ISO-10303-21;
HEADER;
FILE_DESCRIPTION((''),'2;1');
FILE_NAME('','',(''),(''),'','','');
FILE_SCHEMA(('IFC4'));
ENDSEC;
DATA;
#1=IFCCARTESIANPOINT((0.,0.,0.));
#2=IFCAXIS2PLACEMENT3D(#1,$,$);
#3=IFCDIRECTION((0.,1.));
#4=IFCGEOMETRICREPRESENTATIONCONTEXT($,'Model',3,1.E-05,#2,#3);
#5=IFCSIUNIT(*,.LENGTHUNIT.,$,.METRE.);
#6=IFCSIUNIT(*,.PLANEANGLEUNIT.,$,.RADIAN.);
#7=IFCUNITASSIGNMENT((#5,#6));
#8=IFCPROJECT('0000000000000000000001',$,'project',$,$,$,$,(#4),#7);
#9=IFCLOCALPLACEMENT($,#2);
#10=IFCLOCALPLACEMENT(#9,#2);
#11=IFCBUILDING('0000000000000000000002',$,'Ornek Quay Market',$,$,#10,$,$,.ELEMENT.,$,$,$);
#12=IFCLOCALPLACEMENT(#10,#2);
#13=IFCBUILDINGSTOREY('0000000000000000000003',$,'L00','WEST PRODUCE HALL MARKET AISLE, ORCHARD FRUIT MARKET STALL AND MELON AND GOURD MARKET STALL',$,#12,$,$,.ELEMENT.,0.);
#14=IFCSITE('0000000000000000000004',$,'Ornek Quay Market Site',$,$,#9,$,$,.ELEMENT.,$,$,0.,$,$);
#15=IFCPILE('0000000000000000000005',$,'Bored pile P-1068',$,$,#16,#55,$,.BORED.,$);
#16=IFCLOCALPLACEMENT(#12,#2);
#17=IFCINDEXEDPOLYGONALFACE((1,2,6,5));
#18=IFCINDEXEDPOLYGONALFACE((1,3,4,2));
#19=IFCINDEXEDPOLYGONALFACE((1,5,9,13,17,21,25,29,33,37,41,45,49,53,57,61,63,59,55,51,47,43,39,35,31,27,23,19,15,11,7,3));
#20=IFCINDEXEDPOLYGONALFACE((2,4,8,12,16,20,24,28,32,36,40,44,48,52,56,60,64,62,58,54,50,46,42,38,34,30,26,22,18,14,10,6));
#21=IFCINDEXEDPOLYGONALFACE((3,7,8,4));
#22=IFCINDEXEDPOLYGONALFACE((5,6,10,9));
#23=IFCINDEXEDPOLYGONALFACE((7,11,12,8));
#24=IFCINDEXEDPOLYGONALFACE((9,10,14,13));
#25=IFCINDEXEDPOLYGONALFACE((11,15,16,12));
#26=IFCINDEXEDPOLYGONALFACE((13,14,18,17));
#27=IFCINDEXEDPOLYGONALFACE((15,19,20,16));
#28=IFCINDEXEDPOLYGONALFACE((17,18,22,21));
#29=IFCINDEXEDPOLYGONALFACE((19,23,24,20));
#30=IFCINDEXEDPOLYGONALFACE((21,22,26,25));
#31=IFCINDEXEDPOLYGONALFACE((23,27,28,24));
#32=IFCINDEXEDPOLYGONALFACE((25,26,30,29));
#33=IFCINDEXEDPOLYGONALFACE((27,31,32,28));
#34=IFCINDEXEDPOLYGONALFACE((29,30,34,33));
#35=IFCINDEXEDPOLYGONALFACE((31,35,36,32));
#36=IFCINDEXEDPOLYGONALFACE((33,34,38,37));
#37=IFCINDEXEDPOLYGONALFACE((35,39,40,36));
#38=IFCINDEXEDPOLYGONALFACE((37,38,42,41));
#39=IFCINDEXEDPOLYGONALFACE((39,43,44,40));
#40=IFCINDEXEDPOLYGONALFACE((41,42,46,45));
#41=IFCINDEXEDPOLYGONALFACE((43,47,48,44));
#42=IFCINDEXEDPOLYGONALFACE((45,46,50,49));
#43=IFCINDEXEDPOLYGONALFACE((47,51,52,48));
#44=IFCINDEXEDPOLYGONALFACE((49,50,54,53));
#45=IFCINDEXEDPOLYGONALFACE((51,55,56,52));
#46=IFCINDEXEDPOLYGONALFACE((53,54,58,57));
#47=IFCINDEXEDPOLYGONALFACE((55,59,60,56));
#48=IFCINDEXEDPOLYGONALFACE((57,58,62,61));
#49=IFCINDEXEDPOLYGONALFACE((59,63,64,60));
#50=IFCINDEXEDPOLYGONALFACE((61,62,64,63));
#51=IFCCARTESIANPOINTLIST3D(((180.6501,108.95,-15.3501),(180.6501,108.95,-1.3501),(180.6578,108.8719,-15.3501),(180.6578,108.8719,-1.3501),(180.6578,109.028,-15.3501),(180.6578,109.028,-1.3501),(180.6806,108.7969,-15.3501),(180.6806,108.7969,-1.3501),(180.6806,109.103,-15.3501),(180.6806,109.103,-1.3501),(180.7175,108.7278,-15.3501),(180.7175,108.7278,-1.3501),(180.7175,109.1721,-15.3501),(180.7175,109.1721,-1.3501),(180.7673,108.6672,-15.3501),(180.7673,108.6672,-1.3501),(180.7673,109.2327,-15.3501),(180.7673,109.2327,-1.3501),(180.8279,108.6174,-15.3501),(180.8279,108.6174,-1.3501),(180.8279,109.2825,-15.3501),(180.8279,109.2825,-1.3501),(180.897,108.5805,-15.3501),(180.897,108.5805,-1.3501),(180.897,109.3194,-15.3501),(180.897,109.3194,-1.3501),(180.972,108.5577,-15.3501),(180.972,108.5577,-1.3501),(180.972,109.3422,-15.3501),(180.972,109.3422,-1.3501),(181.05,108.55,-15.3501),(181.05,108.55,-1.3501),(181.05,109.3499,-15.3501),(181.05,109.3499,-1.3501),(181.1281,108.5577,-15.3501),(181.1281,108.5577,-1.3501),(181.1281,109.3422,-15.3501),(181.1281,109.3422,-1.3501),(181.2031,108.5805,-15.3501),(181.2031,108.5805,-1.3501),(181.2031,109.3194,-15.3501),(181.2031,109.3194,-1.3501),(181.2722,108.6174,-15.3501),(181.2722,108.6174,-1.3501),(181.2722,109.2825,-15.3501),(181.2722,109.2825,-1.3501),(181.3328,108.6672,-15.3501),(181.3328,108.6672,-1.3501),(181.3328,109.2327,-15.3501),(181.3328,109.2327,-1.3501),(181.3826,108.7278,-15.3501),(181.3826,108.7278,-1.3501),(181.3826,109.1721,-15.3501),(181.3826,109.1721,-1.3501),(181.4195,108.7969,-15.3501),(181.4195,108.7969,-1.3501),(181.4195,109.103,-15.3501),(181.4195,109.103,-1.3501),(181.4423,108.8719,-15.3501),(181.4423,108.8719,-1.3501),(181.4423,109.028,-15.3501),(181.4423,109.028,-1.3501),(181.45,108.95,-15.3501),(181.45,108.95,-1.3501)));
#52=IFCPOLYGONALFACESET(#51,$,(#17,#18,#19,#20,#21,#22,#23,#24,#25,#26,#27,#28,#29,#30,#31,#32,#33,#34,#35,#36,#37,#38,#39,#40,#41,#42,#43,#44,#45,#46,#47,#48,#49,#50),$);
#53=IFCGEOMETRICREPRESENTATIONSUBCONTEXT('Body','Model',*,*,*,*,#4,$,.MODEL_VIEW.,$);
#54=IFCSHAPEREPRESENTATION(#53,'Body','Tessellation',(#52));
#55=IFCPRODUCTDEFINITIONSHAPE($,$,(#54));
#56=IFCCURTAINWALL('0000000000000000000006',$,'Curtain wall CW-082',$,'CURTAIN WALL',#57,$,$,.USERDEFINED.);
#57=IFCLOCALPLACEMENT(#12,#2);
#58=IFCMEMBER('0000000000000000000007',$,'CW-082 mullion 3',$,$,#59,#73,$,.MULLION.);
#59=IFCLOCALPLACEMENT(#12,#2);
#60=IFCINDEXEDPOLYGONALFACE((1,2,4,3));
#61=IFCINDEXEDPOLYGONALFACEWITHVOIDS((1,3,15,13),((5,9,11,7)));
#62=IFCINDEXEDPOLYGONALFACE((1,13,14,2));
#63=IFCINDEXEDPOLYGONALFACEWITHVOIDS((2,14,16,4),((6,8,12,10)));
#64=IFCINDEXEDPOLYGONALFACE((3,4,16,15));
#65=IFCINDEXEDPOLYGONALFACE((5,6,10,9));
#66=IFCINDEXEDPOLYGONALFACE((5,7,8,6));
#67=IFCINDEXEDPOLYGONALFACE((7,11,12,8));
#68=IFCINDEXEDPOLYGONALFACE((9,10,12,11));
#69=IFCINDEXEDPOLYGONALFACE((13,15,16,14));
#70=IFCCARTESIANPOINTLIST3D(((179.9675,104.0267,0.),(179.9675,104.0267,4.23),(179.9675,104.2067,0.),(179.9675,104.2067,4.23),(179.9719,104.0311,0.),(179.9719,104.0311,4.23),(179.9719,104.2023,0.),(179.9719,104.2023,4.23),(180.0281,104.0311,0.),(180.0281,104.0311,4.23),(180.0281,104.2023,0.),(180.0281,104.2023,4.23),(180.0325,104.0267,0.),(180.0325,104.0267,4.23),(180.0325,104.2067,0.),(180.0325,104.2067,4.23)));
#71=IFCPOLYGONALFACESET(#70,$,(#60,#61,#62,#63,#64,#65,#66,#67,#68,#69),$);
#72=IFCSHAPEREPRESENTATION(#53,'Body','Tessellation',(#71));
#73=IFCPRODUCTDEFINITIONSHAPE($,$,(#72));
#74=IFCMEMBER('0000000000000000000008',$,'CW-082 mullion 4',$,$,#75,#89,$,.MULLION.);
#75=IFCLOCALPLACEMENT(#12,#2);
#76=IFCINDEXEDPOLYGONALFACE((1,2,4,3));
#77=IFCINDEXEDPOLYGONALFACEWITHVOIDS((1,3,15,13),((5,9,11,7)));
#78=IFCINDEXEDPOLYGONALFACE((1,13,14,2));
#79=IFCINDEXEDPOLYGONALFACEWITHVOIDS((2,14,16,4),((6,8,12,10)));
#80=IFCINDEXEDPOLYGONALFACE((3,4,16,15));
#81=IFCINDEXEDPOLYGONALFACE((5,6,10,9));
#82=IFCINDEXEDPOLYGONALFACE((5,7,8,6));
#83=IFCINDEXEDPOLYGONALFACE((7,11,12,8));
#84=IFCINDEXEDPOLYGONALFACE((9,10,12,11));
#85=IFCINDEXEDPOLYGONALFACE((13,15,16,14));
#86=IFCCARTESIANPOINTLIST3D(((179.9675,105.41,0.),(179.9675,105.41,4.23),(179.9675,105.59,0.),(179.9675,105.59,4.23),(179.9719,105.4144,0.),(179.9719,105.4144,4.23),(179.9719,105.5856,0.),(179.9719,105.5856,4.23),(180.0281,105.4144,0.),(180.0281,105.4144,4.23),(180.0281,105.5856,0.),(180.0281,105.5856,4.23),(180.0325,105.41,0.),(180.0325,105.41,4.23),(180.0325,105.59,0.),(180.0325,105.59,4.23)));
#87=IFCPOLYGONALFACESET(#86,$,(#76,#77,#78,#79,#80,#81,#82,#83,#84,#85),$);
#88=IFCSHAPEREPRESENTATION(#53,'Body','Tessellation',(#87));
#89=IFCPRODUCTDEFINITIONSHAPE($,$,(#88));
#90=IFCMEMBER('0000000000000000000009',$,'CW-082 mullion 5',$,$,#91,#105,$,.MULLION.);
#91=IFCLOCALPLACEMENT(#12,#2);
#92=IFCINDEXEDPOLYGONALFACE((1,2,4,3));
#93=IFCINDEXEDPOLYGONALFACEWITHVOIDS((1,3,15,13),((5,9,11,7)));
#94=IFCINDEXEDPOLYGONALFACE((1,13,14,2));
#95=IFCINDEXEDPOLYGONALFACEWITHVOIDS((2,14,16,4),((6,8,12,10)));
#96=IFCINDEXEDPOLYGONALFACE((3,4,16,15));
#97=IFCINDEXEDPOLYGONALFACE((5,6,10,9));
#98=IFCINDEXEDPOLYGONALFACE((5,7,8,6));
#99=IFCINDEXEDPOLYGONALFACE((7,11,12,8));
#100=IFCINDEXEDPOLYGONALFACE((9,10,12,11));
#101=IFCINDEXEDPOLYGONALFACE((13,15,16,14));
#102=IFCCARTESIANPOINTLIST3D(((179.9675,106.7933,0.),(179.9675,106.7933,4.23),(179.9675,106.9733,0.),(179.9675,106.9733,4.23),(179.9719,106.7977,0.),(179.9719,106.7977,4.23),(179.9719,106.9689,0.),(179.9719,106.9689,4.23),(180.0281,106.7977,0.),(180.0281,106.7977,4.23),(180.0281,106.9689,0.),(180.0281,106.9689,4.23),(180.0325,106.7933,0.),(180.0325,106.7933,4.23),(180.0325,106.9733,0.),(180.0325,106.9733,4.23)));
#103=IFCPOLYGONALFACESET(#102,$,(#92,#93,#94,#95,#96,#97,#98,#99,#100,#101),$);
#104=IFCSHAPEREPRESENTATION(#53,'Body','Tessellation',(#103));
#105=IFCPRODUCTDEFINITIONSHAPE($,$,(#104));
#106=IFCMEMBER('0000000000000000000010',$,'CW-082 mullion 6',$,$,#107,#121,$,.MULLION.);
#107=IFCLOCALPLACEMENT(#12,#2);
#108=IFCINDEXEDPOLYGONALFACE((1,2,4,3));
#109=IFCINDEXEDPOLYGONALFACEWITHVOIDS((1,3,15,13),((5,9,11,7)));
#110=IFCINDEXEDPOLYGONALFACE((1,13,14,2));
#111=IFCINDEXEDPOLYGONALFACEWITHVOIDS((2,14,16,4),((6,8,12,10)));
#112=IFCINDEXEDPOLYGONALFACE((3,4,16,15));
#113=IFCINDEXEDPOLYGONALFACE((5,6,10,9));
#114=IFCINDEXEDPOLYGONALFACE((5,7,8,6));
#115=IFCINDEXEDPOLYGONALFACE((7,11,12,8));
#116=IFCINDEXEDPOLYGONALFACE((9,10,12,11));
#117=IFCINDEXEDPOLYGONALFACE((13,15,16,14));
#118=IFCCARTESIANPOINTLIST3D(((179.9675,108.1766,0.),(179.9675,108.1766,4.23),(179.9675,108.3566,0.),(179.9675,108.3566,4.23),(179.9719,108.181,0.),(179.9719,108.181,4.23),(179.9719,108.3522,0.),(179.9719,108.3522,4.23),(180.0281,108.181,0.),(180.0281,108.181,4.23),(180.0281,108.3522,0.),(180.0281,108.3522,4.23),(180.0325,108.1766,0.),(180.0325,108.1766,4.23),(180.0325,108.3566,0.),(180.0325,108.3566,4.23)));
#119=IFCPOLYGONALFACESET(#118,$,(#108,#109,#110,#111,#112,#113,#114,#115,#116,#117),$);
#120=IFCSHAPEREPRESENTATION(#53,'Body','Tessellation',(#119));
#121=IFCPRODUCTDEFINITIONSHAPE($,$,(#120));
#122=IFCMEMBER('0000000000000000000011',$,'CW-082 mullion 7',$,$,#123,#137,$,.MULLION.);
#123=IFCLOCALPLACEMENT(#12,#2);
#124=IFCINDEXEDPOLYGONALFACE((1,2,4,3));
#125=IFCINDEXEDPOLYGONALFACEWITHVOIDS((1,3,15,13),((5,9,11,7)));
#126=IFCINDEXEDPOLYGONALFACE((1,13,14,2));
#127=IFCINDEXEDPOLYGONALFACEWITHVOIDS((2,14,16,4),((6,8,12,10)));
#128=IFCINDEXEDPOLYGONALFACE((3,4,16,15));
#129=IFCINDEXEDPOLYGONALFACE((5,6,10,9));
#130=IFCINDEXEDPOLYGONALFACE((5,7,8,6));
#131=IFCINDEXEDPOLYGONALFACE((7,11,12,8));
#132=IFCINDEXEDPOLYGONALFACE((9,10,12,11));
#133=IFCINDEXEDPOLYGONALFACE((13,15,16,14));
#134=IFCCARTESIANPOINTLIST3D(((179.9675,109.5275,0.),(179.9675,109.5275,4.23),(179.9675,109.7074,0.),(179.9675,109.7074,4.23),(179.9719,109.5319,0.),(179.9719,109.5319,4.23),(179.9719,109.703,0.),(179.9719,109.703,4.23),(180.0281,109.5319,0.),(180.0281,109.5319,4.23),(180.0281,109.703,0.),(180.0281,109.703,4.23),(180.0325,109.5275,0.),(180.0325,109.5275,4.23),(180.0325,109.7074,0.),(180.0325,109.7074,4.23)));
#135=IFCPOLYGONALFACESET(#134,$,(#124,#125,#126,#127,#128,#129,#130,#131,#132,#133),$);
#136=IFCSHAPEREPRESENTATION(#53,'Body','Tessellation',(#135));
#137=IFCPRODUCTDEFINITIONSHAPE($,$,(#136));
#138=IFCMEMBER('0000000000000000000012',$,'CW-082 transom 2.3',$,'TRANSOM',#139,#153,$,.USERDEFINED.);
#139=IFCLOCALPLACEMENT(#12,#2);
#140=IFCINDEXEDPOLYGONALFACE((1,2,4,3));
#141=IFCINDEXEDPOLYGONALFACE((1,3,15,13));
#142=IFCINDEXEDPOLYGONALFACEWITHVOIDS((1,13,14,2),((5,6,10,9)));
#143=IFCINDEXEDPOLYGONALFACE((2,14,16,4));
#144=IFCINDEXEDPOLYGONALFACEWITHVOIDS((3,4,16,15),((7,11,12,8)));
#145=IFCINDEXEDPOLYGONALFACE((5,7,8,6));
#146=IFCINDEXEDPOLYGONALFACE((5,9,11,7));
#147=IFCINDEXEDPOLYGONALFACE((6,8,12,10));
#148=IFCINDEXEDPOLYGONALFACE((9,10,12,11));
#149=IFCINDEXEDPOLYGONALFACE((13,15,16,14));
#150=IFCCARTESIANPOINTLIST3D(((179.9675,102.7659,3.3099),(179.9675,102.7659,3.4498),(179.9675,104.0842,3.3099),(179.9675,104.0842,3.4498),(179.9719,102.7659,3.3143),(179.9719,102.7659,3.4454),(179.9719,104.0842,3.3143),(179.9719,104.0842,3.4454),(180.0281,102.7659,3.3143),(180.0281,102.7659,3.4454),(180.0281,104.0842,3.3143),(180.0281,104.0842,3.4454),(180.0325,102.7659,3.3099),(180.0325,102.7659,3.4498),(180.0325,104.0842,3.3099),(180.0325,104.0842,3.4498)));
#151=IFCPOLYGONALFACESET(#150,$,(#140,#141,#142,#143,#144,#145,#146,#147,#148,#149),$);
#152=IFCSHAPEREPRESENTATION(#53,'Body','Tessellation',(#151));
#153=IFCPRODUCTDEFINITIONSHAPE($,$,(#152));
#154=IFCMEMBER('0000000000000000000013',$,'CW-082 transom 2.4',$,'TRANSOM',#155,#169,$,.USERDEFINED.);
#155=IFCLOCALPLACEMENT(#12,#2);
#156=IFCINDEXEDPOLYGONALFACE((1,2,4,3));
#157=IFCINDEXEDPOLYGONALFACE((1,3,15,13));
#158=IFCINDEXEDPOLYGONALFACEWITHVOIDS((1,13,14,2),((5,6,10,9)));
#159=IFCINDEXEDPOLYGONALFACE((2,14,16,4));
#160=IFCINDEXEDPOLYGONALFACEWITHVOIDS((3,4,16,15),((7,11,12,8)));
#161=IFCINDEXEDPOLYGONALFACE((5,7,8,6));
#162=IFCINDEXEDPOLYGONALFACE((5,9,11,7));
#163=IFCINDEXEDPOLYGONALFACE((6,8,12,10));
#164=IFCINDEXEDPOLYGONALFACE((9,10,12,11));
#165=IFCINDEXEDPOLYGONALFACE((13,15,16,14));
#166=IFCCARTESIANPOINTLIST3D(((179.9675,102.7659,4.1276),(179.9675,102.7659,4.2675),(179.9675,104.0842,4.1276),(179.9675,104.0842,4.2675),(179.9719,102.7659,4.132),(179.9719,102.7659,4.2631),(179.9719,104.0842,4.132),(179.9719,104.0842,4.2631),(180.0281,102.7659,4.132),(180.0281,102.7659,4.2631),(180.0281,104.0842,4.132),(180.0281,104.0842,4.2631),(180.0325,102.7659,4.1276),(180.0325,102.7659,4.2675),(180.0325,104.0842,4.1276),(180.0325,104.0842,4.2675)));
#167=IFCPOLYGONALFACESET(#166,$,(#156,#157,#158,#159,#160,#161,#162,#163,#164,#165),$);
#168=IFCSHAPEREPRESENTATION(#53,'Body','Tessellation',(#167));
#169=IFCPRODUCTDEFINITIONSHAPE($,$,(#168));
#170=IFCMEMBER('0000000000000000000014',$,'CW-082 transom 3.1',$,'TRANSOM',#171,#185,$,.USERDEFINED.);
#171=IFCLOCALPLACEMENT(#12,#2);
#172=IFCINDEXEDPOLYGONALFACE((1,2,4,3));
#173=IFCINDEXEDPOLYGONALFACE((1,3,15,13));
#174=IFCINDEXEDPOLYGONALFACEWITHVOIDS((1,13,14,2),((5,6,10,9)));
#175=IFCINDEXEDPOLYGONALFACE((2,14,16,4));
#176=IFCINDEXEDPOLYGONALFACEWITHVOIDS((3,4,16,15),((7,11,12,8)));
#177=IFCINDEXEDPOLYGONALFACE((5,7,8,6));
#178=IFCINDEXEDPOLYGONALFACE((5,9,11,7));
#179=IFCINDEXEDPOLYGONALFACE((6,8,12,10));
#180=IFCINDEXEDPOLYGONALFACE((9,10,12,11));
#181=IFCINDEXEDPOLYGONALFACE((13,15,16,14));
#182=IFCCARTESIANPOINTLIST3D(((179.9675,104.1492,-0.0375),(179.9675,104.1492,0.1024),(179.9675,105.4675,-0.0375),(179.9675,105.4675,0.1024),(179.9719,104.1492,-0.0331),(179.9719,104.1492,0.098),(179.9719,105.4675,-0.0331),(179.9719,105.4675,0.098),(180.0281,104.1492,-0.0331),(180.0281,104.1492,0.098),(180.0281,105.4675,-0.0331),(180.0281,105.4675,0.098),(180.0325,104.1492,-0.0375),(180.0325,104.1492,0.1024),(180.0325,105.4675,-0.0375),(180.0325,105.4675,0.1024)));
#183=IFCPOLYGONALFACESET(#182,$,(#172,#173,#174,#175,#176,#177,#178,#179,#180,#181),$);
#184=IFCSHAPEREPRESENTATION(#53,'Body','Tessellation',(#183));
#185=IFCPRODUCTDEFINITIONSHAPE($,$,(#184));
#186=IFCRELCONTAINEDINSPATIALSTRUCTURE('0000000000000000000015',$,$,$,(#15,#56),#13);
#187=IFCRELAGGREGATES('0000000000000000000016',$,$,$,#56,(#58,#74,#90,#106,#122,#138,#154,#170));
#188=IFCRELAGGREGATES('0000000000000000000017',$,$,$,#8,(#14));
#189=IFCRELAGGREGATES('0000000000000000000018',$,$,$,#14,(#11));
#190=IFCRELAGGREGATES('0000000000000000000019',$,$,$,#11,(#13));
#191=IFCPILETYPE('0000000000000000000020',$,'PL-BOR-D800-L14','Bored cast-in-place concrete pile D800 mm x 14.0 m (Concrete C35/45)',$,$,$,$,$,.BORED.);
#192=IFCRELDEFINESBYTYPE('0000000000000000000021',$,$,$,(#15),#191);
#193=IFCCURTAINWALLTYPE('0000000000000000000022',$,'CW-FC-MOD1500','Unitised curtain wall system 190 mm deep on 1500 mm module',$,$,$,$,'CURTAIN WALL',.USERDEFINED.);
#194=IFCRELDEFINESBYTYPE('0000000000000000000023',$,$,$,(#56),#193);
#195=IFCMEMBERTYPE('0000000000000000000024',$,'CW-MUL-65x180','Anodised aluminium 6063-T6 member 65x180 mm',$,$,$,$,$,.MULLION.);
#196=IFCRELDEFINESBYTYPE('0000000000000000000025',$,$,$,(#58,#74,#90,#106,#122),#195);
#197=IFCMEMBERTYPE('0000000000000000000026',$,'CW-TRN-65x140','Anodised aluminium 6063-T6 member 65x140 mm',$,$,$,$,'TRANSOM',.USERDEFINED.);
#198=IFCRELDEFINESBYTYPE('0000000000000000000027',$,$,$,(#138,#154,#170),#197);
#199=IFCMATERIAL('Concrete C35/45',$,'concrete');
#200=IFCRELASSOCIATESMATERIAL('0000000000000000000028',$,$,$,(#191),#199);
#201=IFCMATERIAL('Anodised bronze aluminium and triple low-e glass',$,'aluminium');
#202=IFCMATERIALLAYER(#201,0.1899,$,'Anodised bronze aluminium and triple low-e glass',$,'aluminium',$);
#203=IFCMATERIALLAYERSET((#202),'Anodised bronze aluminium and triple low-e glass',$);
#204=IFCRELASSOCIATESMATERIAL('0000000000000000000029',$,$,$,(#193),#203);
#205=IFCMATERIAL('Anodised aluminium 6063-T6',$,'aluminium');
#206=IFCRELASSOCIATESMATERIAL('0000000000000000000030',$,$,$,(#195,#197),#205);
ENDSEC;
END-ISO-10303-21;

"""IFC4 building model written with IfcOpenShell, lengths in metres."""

from ifc_helpers import new_model, si_unit, direction, frame, origin, origin_2d, place, context, subcontext, project, spatial, hollow_rectangle, circle, extrude, material, layer, layer_set, material_profile, profile_set, type_object, element, aggregate, save


model = new_model("IFC4")

# Units and contexts
model_context = context("Model", 3, precision=1e-05, world=origin(), true_north=direction((0.0, 1.0)))
body_context = subcontext(model_context, "Body", "Model", "MODEL_VIEW")
ifc_project = project(units=[si_unit("LENGTHUNIT", "METRE"), si_unit("PLANEANGLEUNIT", "RADIAN")], contexts=[model_context])

# Site, building, storey
site_placement = place(None, origin())
site = spatial("IfcSite", under=ifc_project, at=site_placement, Name="Ornek Quay Market Site", CompositionType="ELEMENT", RefElevation=0.0)
building_placement = place(site_placement, origin())
building = spatial("IfcBuilding", under=site, at=building_placement, Name="Ornek Quay Market", CompositionType="ELEMENT")
storey_placement = place(building_placement, origin())
storey = spatial("IfcBuildingStorey", under=building, at=storey_placement, Name="L00", Description="WEST PRODUCE HALL MARKET AISLE, ORCHARD FRUIT MARKET STALL AND MELON AND GOURD MARKET STALL", CompositionType="ELEMENT", Elevation=0.0)

# Pile
ifc_material_1 = material(Name="Concrete C35/45", Category="concrete")
ifc_material_profile_1 = material_profile(ifc_material_1, circle(Radius=0.3999, at=origin_2d()), Name="PILE D800", Category="concrete")
ifc_profile_set_1 = profile_set([ifc_material_profile_1], Name="Concrete C35/45")
pile_type = type_object("IfcPileType", Name="PL-BOR-D800-L14", Description="Bored cast-in-place concrete pile D800 mm x 14.0 m (Concrete C35/45)", PredefinedType="BORED", material=ifc_profile_set_1)
pile_placement = place(storey_placement, frame((181.05, 108.95, -1.3501), z_axis=(0.0, 0.0, -1.0), x_axis=(1.0, 0.0, 0.0)))
element("IfcPile", 1, at=pile_placement, inside=storey, type_object=pile_type, Name="Bored pile P-1068", PredefinedType="BORED", context=body_context, shape_type="SweptSolid", body=[
    extrude(circle(Radius=0.3999, at=origin_2d()), origin(), (0.0, 0.0, 1.0), 14.0),
])

# Curtain wall, members
ifc_material_2 = material(Name="Anodised bronze aluminium and triple low-e glass", Category="aluminium")
ifc_layer_1 = layer(ifc_material_2, 0.1899, Name="Anodised bronze aluminium and triple low-e glass", Category="aluminium")
ifc_layer_set_1 = layer_set([ifc_layer_1], Name="Anodised bronze aluminium and triple low-e glass")
curtain_wall_type = type_object("IfcCurtainWallType", Name="CW-FC-MOD1500", Description="Unitised curtain wall system 190 mm deep on 1500 mm module", ElementType="CURTAIN WALL", PredefinedType="USERDEFINED", material=ifc_layer_set_1)
curtain_wall_placement = place(storey_placement, origin())
curtain_wall = element("IfcCurtainWall", 2, at=curtain_wall_placement, inside=storey, type_object=curtain_wall_type, Name="Curtain wall CW-082", ObjectType="CURTAIN WALL", PredefinedType="USERDEFINED")
ifc_material_3 = material(Name="Anodised aluminium 6063-T6", Category="aluminium")
ifc_material_profile_2 = material_profile(ifc_material_3, hollow_rectangle(XDim=0.0649, YDim=0.1799, WallThickness=0.0044, at=origin_2d()), Name="CW-MUL-65x180", Category="aluminium")
ifc_profile_set_2 = profile_set([ifc_material_profile_2], Name="Anodised aluminium 6063-T6")
member_type_1 = type_object("IfcMemberType", Name="CW-MUL-65x180", Description="Anodised aluminium 6063-T6 member 65x180 mm", PredefinedType="MULLION", material=ifc_profile_set_2)
member_1_placement = place(storey_placement, frame((180.0, 104.1167, 0.0), z_axis=(0.0, 0.0, 1.0), x_axis=(-1.0, 0.0, 0.0)))
member_1 = element("IfcMember", 3, at=member_1_placement, type_object=member_type_1, Name="CW-082 mullion 3", PredefinedType="MULLION", context=body_context, shape_type="SweptSolid", body=[
    extrude(hollow_rectangle(XDim=0.0649, YDim=0.1799, WallThickness=0.0044, at=origin_2d()), origin(), (0.0, 0.0, 1.0), 4.23),
])
member_2_placement = place(storey_placement, frame((180.0, 105.5, 0.0), z_axis=(0.0, 0.0, 1.0), x_axis=(-1.0, 0.0, 0.0)))
member_2 = element("IfcMember", 4, at=member_2_placement, type_object=member_type_1, Name="CW-082 mullion 4", PredefinedType="MULLION", context=body_context, shape_type="SweptSolid", body=[
    extrude(hollow_rectangle(XDim=0.0649, YDim=0.1799, WallThickness=0.0044, at=origin_2d()), origin(), (0.0, 0.0, 1.0), 4.23),
])
member_3_placement = place(storey_placement, frame((180.0, 106.8833, 0.0), z_axis=(0.0, 0.0, 1.0), x_axis=(-1.0, 0.0, 0.0)))
member_3 = element("IfcMember", 5, at=member_3_placement, type_object=member_type_1, Name="CW-082 mullion 5", PredefinedType="MULLION", context=body_context, shape_type="SweptSolid", body=[
    extrude(hollow_rectangle(XDim=0.0649, YDim=0.1799, WallThickness=0.0044, at=origin_2d()), origin(), (0.0, 0.0, 1.0), 4.23),
])
member_4_placement = place(storey_placement, frame((180.0, 108.2666, 0.0), z_axis=(0.0, 0.0, 1.0), x_axis=(-1.0, 0.0, 0.0)))
member_4 = element("IfcMember", 6, at=member_4_placement, type_object=member_type_1, Name="CW-082 mullion 6", PredefinedType="MULLION", context=body_context, shape_type="SweptSolid", body=[
    extrude(hollow_rectangle(XDim=0.0649, YDim=0.1799, WallThickness=0.0044, at=origin_2d()), origin(), (0.0, 0.0, 1.0), 4.23),
])
member_5_placement = place(storey_placement, frame((180.0, 109.6174, 0.0), z_axis=(0.0, 0.0, 1.0), x_axis=(-1.0, 0.0, 0.0)))
member_5 = element("IfcMember", 7, at=member_5_placement, type_object=member_type_1, Name="CW-082 mullion 7", PredefinedType="MULLION", context=body_context, shape_type="SweptSolid", body=[
    extrude(hollow_rectangle(XDim=0.0649, YDim=0.1799, WallThickness=0.0044, at=origin_2d()), origin(), (0.0, 0.0, 1.0), 4.23),
])
ifc_material_profile_3 = material_profile(ifc_material_3, hollow_rectangle(XDim=0.0649, YDim=0.1399, WallThickness=0.0044, at=origin_2d()), Name="CW-TRN-65x140", Category="aluminium")
ifc_profile_set_3 = profile_set([ifc_material_profile_3], Name="Anodised aluminium 6063-T6")
member_type_2 = type_object("IfcMemberType", Name="CW-TRN-65x140", Description="Anodised aluminium 6063-T6 member 65x140 mm", ElementType="TRANSOM", PredefinedType="USERDEFINED", material=ifc_profile_set_3)
member_6_placement = place(storey_placement, frame((180.0, 102.7659, 3.3799), z_axis=(0.0, 1.0, 0.0), x_axis=(-1.0, 0.0, 0.0)))
member_6 = element("IfcMember", 8, at=member_6_placement, type_object=member_type_2, Name="CW-082 transom 2.3", ObjectType="TRANSOM", PredefinedType="USERDEFINED", context=body_context, shape_type="SweptSolid", body=[
    extrude(hollow_rectangle(XDim=0.0649, YDim=0.1399, WallThickness=0.0044, at=origin_2d()), origin(), (0.0, 0.0, 1.0), 1.3184),
])
member_7_placement = place(storey_placement, frame((180.0, 102.7659, 4.1975), z_axis=(0.0, 1.0, 0.0), x_axis=(-1.0, 0.0, 0.0)))
member_7 = element("IfcMember", 9, at=member_7_placement, type_object=member_type_2, Name="CW-082 transom 2.4", ObjectType="TRANSOM", PredefinedType="USERDEFINED", context=body_context, shape_type="SweptSolid", body=[
    extrude(hollow_rectangle(XDim=0.0649, YDim=0.1399, WallThickness=0.0044, at=origin_2d()), origin(), (0.0, 0.0, 1.0), 1.3184),
])
member_8_placement = place(storey_placement, frame((180.0, 104.1492, 0.0325), z_axis=(0.0, 1.0, 0.0), x_axis=(-1.0, 0.0, 0.0)))
member_8 = element("IfcMember", 10, at=member_8_placement, type_object=member_type_2, Name="CW-082 transom 3.1", ObjectType="TRANSOM", PredefinedType="USERDEFINED", context=body_context, shape_type="SweptSolid", body=[
    extrude(hollow_rectangle(XDim=0.0649, YDim=0.1399, WallThickness=0.0044, at=origin_2d()), origin(), (0.0, 0.0, 1.0), 1.3184),
])
aggregate(curtain_wall, [member_1, member_2, member_3, member_4, member_5, member_6, member_7, member_8])

save(model, "model.ifc")
